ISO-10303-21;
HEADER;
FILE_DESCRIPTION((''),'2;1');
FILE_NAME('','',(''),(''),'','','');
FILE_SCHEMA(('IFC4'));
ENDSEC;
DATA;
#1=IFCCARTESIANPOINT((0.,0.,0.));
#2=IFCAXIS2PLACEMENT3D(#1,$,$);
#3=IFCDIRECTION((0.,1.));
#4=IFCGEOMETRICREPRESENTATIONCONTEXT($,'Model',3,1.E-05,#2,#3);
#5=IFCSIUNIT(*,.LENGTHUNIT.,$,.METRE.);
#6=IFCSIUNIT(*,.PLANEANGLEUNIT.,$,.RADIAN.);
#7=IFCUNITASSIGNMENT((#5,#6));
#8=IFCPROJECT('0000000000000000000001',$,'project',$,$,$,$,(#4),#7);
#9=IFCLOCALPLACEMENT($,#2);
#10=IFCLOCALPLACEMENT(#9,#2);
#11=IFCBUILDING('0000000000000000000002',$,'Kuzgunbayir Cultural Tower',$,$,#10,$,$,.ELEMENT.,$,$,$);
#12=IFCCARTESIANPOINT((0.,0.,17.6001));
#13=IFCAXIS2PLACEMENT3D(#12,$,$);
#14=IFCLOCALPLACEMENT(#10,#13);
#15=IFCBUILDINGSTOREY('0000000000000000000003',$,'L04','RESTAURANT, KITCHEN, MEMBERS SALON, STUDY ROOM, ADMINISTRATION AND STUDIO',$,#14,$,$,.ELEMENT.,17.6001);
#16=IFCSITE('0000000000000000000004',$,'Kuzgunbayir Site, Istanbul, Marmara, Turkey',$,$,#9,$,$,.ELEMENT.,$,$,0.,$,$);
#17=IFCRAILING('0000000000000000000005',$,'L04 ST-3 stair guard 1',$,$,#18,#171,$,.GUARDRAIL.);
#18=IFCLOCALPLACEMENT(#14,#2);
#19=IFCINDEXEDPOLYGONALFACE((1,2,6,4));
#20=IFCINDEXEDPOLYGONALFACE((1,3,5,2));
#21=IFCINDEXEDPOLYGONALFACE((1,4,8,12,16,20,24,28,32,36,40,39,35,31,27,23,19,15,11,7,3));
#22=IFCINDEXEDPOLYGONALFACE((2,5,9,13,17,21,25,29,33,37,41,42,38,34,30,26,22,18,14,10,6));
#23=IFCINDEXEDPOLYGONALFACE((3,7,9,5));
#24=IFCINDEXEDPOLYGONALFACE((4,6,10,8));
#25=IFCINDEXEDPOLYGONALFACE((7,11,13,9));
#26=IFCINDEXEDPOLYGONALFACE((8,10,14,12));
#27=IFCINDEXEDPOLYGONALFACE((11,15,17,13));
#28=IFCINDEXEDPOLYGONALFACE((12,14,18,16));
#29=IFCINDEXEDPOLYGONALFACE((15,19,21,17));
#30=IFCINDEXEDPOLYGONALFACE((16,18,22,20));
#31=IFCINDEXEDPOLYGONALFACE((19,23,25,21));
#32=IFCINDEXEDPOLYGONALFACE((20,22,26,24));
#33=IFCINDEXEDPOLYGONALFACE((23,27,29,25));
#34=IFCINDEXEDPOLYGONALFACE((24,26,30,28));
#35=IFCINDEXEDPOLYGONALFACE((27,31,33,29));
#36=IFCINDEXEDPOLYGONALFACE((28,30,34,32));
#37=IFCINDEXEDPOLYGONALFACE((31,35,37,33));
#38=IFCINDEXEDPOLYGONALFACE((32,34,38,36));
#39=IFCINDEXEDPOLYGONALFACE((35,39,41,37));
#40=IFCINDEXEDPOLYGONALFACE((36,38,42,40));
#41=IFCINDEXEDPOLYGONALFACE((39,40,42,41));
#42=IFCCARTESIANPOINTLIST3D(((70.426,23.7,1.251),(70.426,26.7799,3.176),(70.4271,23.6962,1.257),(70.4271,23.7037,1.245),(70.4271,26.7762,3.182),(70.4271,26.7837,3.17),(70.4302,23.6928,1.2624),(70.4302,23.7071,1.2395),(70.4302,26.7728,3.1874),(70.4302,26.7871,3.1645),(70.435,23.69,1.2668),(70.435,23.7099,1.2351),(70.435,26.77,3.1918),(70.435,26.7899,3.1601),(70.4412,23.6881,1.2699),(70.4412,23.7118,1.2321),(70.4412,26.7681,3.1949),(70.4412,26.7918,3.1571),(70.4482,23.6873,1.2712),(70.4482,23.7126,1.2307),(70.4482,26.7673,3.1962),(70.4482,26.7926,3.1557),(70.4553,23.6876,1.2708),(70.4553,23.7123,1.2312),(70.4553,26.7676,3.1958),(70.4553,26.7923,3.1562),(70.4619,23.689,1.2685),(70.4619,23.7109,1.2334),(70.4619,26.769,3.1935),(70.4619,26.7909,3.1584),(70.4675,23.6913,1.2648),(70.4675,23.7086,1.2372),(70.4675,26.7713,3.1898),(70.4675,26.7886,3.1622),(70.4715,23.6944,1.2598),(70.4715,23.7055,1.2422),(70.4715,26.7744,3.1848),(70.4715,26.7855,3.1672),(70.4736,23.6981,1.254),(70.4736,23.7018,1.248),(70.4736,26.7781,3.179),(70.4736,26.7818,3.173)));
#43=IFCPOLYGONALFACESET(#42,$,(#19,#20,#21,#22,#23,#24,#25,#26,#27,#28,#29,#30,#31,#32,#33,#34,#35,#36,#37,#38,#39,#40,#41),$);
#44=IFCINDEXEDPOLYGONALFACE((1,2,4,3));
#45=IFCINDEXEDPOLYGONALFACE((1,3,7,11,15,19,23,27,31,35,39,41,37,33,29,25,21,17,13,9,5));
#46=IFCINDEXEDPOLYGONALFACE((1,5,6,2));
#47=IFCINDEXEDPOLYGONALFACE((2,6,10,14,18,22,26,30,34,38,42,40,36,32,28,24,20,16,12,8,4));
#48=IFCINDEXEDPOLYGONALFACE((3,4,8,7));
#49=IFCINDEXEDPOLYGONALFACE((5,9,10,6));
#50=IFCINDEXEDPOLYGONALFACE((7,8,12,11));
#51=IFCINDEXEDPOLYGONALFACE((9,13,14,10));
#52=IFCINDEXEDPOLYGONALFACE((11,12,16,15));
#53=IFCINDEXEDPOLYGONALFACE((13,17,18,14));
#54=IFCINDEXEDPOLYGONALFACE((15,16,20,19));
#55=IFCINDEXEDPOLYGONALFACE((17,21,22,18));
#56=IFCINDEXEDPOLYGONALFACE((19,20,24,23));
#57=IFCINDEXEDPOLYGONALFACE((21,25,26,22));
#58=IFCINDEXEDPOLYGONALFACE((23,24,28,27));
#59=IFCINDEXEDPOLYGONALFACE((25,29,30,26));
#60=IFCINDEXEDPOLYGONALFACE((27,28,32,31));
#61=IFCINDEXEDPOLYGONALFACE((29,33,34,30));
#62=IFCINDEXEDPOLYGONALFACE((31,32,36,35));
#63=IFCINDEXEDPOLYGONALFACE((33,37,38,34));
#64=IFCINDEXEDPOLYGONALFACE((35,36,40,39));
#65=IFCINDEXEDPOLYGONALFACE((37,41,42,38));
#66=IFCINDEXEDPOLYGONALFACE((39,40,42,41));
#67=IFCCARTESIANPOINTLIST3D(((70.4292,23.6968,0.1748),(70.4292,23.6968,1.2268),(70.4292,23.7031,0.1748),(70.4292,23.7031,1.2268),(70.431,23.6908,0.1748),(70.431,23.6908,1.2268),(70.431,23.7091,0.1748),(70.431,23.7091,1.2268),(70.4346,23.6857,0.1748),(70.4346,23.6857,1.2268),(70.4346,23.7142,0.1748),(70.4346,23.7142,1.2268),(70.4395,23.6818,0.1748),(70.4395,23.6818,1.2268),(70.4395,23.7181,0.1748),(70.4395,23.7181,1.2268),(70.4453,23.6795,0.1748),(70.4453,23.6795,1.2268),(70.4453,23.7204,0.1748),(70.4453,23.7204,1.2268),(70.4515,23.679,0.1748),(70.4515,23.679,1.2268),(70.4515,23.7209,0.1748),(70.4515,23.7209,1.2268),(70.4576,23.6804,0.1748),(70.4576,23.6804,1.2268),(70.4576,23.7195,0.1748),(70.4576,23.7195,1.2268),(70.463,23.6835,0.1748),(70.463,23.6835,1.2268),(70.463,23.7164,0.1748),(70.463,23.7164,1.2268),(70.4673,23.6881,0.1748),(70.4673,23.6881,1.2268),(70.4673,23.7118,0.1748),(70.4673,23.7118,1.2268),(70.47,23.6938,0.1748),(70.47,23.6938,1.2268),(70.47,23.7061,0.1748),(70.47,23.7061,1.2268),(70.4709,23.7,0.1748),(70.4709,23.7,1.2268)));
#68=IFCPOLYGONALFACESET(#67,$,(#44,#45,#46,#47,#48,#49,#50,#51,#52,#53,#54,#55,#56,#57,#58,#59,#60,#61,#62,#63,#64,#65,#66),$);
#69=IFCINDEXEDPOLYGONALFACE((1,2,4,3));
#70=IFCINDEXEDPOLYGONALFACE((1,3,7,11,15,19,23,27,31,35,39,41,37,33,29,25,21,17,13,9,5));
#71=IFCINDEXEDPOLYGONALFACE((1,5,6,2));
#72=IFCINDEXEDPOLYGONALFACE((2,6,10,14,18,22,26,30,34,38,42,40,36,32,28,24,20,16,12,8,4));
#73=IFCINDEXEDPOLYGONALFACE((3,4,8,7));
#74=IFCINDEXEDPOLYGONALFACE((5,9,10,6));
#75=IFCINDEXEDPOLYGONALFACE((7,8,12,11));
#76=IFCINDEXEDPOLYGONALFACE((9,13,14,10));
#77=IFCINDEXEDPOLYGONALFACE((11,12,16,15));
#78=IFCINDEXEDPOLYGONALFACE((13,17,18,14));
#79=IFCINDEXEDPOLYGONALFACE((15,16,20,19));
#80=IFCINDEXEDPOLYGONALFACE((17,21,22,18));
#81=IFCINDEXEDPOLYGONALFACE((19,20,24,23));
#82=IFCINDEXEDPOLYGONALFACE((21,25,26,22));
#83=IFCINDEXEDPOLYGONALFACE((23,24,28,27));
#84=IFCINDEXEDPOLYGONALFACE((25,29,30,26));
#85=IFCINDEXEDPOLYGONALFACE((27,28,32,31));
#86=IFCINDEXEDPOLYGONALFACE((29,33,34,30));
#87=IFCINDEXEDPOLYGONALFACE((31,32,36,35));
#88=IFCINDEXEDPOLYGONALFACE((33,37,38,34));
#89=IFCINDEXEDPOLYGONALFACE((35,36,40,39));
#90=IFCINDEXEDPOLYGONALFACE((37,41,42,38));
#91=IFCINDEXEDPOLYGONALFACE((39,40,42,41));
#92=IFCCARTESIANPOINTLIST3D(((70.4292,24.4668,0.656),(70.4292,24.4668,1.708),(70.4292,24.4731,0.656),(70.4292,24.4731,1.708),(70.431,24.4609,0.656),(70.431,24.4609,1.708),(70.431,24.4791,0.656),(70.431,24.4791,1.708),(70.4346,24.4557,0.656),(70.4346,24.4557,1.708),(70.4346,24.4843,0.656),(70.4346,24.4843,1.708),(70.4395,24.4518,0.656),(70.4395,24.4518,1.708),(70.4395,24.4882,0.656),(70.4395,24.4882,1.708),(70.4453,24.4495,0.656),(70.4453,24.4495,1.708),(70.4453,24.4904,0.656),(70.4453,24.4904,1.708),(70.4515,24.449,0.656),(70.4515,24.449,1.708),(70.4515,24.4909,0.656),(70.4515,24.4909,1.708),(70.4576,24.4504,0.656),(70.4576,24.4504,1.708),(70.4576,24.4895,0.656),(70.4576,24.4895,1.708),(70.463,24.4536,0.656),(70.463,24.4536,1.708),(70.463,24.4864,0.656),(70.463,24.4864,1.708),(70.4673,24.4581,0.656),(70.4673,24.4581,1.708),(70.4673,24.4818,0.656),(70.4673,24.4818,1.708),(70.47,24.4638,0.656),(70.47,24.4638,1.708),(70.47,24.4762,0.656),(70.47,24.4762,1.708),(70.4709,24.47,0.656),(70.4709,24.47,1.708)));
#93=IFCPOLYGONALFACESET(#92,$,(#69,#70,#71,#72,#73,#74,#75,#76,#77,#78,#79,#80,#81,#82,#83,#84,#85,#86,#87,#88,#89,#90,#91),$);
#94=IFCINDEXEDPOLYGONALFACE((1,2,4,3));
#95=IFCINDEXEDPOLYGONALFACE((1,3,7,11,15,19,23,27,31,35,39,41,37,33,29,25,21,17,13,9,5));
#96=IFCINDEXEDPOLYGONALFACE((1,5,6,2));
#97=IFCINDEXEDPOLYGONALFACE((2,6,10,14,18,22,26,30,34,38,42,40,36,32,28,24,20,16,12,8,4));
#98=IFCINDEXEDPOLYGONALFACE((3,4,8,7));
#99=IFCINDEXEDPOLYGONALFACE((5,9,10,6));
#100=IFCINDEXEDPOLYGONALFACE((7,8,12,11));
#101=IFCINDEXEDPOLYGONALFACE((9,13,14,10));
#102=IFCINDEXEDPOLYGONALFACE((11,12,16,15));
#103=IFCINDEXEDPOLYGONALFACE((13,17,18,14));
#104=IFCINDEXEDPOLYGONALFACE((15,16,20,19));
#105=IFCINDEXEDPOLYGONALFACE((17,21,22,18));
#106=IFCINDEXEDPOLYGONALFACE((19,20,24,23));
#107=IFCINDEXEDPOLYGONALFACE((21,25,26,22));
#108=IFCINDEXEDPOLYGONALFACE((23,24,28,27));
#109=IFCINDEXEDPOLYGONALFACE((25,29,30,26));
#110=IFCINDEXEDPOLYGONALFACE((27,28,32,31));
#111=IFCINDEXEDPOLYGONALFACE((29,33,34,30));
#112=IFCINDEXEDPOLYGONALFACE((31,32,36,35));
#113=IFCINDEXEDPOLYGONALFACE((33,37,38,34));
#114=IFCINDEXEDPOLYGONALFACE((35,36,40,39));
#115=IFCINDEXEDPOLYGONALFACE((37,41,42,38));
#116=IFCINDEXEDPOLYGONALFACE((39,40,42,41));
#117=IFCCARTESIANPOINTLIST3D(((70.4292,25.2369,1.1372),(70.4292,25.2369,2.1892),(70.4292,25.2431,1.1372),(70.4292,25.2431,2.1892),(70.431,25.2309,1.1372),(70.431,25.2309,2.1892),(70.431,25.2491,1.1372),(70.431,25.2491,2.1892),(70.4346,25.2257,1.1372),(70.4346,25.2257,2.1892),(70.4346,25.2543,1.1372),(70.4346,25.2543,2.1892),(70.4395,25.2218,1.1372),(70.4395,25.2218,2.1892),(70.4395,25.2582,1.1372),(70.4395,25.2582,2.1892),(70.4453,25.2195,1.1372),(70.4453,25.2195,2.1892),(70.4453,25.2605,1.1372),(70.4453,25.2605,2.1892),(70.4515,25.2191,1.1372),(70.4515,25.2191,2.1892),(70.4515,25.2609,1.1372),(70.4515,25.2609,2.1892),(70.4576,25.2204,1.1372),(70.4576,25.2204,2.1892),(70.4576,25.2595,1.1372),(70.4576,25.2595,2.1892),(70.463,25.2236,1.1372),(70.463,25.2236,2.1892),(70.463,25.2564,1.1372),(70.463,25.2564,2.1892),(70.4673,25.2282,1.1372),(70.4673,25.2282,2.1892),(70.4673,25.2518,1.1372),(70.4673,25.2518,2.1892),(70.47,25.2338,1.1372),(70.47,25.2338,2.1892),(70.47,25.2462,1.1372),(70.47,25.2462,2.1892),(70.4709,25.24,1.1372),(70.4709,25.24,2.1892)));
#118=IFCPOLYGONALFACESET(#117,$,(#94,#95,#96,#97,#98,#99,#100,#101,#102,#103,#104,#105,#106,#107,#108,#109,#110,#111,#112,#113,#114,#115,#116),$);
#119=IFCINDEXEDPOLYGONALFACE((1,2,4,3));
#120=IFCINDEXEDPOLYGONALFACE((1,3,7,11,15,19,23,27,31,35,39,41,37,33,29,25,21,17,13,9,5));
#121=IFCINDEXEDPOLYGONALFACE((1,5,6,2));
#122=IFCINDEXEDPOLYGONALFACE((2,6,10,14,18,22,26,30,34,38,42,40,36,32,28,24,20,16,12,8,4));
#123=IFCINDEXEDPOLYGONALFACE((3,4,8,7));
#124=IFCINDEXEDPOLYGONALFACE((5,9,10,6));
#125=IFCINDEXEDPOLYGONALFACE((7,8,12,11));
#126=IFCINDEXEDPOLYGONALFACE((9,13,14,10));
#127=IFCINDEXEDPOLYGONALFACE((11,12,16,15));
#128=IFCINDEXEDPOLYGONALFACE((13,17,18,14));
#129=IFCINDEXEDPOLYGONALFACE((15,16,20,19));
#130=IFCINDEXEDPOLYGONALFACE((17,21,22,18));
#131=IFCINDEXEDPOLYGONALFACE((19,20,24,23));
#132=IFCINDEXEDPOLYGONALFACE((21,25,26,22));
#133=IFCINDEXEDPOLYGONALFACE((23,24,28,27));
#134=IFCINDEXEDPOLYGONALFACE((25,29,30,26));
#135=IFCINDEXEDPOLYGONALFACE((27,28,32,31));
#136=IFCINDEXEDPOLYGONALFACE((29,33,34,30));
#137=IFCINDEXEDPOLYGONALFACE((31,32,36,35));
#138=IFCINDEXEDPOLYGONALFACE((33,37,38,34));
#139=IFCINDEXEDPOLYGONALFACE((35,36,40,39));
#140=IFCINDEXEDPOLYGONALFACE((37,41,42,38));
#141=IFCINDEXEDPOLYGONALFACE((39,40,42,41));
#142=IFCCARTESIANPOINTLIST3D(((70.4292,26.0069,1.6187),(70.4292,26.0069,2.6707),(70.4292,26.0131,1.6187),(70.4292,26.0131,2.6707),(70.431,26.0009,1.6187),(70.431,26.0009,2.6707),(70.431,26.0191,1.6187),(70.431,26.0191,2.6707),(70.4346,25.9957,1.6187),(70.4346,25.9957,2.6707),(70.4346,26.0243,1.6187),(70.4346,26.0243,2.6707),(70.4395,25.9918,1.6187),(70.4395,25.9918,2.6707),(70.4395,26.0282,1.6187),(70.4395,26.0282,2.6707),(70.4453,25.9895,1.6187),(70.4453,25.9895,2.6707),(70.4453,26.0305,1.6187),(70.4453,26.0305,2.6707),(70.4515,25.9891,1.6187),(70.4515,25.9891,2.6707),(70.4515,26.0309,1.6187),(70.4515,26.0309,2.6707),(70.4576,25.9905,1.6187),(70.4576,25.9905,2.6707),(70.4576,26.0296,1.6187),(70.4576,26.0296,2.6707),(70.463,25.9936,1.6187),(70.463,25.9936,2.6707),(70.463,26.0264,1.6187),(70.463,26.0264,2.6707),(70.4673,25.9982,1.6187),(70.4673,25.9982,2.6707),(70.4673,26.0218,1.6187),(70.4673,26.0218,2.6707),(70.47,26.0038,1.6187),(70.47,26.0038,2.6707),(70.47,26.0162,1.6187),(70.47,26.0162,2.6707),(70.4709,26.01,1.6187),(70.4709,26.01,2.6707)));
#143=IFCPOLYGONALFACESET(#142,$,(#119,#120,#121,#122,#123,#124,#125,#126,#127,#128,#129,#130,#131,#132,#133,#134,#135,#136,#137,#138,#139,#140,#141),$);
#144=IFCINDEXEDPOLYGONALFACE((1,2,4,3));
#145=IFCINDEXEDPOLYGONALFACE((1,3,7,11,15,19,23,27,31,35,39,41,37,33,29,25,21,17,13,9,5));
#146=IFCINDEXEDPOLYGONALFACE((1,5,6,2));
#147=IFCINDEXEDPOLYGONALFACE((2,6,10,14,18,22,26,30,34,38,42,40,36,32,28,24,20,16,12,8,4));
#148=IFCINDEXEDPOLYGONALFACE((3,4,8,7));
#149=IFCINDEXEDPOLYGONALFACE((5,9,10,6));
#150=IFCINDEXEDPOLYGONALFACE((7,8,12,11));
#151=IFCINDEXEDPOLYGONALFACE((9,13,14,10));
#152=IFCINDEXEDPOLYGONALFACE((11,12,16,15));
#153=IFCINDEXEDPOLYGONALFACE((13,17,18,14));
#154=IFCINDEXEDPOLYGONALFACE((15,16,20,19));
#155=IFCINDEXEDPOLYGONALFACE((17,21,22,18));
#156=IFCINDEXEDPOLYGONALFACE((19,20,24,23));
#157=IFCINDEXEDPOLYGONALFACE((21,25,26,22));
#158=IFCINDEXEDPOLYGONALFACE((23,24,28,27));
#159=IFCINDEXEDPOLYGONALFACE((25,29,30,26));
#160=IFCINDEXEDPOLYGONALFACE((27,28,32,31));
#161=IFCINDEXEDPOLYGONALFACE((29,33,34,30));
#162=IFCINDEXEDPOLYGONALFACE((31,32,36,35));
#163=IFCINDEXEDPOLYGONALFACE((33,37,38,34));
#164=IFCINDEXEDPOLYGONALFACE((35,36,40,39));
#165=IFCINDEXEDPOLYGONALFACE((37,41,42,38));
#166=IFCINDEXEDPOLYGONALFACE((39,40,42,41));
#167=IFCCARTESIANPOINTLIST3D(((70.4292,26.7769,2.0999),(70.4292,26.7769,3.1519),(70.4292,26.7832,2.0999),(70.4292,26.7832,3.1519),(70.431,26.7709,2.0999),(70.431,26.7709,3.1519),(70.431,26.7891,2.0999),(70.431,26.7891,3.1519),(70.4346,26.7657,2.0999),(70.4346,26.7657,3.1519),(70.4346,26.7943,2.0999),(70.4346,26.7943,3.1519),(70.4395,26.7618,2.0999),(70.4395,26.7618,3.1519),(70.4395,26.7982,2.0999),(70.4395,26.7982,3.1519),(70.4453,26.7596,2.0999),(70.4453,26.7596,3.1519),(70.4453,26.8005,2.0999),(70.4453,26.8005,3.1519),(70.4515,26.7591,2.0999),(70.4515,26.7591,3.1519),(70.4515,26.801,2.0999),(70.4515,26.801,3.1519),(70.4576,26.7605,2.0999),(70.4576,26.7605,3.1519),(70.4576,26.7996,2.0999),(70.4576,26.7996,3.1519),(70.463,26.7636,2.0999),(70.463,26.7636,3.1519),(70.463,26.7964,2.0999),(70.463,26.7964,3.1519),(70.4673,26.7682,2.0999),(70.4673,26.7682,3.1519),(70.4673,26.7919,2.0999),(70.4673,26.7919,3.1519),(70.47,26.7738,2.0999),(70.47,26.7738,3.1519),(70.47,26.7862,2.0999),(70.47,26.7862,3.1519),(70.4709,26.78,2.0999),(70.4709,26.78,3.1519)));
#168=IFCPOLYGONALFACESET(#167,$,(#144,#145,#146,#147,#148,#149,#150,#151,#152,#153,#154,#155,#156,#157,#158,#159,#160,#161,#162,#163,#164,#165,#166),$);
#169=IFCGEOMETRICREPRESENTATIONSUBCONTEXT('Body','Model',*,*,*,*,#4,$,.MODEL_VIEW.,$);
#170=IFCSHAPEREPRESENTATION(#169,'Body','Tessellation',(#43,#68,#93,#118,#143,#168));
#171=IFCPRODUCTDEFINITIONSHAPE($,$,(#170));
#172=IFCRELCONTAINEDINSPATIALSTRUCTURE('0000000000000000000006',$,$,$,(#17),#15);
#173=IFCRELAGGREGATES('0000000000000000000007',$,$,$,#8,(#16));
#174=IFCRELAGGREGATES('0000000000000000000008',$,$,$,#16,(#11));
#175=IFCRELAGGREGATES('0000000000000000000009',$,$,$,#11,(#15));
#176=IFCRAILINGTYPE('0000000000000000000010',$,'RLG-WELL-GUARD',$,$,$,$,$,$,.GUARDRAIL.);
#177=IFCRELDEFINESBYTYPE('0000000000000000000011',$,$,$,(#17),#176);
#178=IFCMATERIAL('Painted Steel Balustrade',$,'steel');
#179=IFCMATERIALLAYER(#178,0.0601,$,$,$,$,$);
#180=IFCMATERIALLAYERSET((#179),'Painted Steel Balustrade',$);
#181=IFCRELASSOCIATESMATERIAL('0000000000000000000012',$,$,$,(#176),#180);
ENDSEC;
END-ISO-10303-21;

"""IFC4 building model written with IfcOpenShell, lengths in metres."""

from ifc_helpers import new_model, si_unit, direction, frame, origin, origin_2d, place, context, subcontext, project, spatial, circle, extrude, material, layer, layer_set, type_object, element, save


model = new_model("IFC4")

# Units and contexts
model_context = context("Model", 3, precision=1e-05, world=origin(), true_north=direction((0.0, 1.0)))
body_context = subcontext(model_context, "Body", "Model", "MODEL_VIEW")
ifc_project = project(units=[si_unit("LENGTHUNIT", "METRE"), si_unit("PLANEANGLEUNIT", "RADIAN")], contexts=[model_context])

# Site, building, storey
site_placement = place(None, origin())
site = spatial("IfcSite", under=ifc_project, at=site_placement, Name="Kuzgunbayir Site, Istanbul, Marmara, Turkey", CompositionType="ELEMENT", RefElevation=0.0)
building_placement = place(site_placement, origin())
building = spatial("IfcBuilding", under=site, at=building_placement, Name="Kuzgunbayir Cultural Tower", CompositionType="ELEMENT")
storey_placement = place(building_placement, frame((0.0, 0.0, 17.6001)))
storey = spatial("IfcBuildingStorey", under=building, at=storey_placement, Name="L04", Description="RESTAURANT, KITCHEN, MEMBERS SALON, STUDY ROOM, ADMINISTRATION AND STUDIO", CompositionType="ELEMENT", Elevation=17.6001)

# Railing
ifc_material_1 = material(Name="Painted Steel Balustrade", Category="steel")
ifc_layer_1 = layer(ifc_material_1, 0.0601)
ifc_layer_set_1 = layer_set([ifc_layer_1], Name="Painted Steel Balustrade")
railing_type_1 = type_object("IfcRailingType", Name="RLG-WELL-GUARD", PredefinedType="GUARDRAIL", material=ifc_layer_set_1)
railing_1_placement = place(storey_placement, frame((70.45, 23.7, 0.1748)))
element("IfcRailing", 1, at=railing_1_placement, inside=storey, type_object=railing_type_1, Name="L04 ST-3 stair guard 1", PredefinedType="GUARDRAIL", context=body_context, shape_type="SweptSolid", body=[
    extrude(circle(Radius=0.0239, at=origin_2d()), frame((0.0, 0.0, 1.0762), z_axis=(0.0, 0.847998, 0.529999), x_axis=(-1.0, 0.0, 0.0)), (0.0, 0.0, 1.0), 3.6321),
    extrude(circle(Radius=0.021, at=origin_2d()), origin(), (0.0, 0.0, 1.0), 1.052),
    extrude(circle(Radius=0.021, at=origin_2d()), frame((0.0, 0.77, 0.4812)), (0.0, 0.0, 1.0), 1.052),
    extrude(circle(Radius=0.021, at=origin_2d()), frame((0.0, 1.54, 0.9624)), (0.0, 0.0, 1.0), 1.052),
    extrude(circle(Radius=0.021, at=origin_2d()), frame((0.0, 2.3101, 1.4438)), (0.0, 0.0, 1.0), 1.052),
    extrude(circle(Radius=0.021, at=origin_2d()), frame((0.0, 3.0801, 1.925)), (0.0, 0.0, 1.0), 1.052),
])

save(model, "model.ifc")
